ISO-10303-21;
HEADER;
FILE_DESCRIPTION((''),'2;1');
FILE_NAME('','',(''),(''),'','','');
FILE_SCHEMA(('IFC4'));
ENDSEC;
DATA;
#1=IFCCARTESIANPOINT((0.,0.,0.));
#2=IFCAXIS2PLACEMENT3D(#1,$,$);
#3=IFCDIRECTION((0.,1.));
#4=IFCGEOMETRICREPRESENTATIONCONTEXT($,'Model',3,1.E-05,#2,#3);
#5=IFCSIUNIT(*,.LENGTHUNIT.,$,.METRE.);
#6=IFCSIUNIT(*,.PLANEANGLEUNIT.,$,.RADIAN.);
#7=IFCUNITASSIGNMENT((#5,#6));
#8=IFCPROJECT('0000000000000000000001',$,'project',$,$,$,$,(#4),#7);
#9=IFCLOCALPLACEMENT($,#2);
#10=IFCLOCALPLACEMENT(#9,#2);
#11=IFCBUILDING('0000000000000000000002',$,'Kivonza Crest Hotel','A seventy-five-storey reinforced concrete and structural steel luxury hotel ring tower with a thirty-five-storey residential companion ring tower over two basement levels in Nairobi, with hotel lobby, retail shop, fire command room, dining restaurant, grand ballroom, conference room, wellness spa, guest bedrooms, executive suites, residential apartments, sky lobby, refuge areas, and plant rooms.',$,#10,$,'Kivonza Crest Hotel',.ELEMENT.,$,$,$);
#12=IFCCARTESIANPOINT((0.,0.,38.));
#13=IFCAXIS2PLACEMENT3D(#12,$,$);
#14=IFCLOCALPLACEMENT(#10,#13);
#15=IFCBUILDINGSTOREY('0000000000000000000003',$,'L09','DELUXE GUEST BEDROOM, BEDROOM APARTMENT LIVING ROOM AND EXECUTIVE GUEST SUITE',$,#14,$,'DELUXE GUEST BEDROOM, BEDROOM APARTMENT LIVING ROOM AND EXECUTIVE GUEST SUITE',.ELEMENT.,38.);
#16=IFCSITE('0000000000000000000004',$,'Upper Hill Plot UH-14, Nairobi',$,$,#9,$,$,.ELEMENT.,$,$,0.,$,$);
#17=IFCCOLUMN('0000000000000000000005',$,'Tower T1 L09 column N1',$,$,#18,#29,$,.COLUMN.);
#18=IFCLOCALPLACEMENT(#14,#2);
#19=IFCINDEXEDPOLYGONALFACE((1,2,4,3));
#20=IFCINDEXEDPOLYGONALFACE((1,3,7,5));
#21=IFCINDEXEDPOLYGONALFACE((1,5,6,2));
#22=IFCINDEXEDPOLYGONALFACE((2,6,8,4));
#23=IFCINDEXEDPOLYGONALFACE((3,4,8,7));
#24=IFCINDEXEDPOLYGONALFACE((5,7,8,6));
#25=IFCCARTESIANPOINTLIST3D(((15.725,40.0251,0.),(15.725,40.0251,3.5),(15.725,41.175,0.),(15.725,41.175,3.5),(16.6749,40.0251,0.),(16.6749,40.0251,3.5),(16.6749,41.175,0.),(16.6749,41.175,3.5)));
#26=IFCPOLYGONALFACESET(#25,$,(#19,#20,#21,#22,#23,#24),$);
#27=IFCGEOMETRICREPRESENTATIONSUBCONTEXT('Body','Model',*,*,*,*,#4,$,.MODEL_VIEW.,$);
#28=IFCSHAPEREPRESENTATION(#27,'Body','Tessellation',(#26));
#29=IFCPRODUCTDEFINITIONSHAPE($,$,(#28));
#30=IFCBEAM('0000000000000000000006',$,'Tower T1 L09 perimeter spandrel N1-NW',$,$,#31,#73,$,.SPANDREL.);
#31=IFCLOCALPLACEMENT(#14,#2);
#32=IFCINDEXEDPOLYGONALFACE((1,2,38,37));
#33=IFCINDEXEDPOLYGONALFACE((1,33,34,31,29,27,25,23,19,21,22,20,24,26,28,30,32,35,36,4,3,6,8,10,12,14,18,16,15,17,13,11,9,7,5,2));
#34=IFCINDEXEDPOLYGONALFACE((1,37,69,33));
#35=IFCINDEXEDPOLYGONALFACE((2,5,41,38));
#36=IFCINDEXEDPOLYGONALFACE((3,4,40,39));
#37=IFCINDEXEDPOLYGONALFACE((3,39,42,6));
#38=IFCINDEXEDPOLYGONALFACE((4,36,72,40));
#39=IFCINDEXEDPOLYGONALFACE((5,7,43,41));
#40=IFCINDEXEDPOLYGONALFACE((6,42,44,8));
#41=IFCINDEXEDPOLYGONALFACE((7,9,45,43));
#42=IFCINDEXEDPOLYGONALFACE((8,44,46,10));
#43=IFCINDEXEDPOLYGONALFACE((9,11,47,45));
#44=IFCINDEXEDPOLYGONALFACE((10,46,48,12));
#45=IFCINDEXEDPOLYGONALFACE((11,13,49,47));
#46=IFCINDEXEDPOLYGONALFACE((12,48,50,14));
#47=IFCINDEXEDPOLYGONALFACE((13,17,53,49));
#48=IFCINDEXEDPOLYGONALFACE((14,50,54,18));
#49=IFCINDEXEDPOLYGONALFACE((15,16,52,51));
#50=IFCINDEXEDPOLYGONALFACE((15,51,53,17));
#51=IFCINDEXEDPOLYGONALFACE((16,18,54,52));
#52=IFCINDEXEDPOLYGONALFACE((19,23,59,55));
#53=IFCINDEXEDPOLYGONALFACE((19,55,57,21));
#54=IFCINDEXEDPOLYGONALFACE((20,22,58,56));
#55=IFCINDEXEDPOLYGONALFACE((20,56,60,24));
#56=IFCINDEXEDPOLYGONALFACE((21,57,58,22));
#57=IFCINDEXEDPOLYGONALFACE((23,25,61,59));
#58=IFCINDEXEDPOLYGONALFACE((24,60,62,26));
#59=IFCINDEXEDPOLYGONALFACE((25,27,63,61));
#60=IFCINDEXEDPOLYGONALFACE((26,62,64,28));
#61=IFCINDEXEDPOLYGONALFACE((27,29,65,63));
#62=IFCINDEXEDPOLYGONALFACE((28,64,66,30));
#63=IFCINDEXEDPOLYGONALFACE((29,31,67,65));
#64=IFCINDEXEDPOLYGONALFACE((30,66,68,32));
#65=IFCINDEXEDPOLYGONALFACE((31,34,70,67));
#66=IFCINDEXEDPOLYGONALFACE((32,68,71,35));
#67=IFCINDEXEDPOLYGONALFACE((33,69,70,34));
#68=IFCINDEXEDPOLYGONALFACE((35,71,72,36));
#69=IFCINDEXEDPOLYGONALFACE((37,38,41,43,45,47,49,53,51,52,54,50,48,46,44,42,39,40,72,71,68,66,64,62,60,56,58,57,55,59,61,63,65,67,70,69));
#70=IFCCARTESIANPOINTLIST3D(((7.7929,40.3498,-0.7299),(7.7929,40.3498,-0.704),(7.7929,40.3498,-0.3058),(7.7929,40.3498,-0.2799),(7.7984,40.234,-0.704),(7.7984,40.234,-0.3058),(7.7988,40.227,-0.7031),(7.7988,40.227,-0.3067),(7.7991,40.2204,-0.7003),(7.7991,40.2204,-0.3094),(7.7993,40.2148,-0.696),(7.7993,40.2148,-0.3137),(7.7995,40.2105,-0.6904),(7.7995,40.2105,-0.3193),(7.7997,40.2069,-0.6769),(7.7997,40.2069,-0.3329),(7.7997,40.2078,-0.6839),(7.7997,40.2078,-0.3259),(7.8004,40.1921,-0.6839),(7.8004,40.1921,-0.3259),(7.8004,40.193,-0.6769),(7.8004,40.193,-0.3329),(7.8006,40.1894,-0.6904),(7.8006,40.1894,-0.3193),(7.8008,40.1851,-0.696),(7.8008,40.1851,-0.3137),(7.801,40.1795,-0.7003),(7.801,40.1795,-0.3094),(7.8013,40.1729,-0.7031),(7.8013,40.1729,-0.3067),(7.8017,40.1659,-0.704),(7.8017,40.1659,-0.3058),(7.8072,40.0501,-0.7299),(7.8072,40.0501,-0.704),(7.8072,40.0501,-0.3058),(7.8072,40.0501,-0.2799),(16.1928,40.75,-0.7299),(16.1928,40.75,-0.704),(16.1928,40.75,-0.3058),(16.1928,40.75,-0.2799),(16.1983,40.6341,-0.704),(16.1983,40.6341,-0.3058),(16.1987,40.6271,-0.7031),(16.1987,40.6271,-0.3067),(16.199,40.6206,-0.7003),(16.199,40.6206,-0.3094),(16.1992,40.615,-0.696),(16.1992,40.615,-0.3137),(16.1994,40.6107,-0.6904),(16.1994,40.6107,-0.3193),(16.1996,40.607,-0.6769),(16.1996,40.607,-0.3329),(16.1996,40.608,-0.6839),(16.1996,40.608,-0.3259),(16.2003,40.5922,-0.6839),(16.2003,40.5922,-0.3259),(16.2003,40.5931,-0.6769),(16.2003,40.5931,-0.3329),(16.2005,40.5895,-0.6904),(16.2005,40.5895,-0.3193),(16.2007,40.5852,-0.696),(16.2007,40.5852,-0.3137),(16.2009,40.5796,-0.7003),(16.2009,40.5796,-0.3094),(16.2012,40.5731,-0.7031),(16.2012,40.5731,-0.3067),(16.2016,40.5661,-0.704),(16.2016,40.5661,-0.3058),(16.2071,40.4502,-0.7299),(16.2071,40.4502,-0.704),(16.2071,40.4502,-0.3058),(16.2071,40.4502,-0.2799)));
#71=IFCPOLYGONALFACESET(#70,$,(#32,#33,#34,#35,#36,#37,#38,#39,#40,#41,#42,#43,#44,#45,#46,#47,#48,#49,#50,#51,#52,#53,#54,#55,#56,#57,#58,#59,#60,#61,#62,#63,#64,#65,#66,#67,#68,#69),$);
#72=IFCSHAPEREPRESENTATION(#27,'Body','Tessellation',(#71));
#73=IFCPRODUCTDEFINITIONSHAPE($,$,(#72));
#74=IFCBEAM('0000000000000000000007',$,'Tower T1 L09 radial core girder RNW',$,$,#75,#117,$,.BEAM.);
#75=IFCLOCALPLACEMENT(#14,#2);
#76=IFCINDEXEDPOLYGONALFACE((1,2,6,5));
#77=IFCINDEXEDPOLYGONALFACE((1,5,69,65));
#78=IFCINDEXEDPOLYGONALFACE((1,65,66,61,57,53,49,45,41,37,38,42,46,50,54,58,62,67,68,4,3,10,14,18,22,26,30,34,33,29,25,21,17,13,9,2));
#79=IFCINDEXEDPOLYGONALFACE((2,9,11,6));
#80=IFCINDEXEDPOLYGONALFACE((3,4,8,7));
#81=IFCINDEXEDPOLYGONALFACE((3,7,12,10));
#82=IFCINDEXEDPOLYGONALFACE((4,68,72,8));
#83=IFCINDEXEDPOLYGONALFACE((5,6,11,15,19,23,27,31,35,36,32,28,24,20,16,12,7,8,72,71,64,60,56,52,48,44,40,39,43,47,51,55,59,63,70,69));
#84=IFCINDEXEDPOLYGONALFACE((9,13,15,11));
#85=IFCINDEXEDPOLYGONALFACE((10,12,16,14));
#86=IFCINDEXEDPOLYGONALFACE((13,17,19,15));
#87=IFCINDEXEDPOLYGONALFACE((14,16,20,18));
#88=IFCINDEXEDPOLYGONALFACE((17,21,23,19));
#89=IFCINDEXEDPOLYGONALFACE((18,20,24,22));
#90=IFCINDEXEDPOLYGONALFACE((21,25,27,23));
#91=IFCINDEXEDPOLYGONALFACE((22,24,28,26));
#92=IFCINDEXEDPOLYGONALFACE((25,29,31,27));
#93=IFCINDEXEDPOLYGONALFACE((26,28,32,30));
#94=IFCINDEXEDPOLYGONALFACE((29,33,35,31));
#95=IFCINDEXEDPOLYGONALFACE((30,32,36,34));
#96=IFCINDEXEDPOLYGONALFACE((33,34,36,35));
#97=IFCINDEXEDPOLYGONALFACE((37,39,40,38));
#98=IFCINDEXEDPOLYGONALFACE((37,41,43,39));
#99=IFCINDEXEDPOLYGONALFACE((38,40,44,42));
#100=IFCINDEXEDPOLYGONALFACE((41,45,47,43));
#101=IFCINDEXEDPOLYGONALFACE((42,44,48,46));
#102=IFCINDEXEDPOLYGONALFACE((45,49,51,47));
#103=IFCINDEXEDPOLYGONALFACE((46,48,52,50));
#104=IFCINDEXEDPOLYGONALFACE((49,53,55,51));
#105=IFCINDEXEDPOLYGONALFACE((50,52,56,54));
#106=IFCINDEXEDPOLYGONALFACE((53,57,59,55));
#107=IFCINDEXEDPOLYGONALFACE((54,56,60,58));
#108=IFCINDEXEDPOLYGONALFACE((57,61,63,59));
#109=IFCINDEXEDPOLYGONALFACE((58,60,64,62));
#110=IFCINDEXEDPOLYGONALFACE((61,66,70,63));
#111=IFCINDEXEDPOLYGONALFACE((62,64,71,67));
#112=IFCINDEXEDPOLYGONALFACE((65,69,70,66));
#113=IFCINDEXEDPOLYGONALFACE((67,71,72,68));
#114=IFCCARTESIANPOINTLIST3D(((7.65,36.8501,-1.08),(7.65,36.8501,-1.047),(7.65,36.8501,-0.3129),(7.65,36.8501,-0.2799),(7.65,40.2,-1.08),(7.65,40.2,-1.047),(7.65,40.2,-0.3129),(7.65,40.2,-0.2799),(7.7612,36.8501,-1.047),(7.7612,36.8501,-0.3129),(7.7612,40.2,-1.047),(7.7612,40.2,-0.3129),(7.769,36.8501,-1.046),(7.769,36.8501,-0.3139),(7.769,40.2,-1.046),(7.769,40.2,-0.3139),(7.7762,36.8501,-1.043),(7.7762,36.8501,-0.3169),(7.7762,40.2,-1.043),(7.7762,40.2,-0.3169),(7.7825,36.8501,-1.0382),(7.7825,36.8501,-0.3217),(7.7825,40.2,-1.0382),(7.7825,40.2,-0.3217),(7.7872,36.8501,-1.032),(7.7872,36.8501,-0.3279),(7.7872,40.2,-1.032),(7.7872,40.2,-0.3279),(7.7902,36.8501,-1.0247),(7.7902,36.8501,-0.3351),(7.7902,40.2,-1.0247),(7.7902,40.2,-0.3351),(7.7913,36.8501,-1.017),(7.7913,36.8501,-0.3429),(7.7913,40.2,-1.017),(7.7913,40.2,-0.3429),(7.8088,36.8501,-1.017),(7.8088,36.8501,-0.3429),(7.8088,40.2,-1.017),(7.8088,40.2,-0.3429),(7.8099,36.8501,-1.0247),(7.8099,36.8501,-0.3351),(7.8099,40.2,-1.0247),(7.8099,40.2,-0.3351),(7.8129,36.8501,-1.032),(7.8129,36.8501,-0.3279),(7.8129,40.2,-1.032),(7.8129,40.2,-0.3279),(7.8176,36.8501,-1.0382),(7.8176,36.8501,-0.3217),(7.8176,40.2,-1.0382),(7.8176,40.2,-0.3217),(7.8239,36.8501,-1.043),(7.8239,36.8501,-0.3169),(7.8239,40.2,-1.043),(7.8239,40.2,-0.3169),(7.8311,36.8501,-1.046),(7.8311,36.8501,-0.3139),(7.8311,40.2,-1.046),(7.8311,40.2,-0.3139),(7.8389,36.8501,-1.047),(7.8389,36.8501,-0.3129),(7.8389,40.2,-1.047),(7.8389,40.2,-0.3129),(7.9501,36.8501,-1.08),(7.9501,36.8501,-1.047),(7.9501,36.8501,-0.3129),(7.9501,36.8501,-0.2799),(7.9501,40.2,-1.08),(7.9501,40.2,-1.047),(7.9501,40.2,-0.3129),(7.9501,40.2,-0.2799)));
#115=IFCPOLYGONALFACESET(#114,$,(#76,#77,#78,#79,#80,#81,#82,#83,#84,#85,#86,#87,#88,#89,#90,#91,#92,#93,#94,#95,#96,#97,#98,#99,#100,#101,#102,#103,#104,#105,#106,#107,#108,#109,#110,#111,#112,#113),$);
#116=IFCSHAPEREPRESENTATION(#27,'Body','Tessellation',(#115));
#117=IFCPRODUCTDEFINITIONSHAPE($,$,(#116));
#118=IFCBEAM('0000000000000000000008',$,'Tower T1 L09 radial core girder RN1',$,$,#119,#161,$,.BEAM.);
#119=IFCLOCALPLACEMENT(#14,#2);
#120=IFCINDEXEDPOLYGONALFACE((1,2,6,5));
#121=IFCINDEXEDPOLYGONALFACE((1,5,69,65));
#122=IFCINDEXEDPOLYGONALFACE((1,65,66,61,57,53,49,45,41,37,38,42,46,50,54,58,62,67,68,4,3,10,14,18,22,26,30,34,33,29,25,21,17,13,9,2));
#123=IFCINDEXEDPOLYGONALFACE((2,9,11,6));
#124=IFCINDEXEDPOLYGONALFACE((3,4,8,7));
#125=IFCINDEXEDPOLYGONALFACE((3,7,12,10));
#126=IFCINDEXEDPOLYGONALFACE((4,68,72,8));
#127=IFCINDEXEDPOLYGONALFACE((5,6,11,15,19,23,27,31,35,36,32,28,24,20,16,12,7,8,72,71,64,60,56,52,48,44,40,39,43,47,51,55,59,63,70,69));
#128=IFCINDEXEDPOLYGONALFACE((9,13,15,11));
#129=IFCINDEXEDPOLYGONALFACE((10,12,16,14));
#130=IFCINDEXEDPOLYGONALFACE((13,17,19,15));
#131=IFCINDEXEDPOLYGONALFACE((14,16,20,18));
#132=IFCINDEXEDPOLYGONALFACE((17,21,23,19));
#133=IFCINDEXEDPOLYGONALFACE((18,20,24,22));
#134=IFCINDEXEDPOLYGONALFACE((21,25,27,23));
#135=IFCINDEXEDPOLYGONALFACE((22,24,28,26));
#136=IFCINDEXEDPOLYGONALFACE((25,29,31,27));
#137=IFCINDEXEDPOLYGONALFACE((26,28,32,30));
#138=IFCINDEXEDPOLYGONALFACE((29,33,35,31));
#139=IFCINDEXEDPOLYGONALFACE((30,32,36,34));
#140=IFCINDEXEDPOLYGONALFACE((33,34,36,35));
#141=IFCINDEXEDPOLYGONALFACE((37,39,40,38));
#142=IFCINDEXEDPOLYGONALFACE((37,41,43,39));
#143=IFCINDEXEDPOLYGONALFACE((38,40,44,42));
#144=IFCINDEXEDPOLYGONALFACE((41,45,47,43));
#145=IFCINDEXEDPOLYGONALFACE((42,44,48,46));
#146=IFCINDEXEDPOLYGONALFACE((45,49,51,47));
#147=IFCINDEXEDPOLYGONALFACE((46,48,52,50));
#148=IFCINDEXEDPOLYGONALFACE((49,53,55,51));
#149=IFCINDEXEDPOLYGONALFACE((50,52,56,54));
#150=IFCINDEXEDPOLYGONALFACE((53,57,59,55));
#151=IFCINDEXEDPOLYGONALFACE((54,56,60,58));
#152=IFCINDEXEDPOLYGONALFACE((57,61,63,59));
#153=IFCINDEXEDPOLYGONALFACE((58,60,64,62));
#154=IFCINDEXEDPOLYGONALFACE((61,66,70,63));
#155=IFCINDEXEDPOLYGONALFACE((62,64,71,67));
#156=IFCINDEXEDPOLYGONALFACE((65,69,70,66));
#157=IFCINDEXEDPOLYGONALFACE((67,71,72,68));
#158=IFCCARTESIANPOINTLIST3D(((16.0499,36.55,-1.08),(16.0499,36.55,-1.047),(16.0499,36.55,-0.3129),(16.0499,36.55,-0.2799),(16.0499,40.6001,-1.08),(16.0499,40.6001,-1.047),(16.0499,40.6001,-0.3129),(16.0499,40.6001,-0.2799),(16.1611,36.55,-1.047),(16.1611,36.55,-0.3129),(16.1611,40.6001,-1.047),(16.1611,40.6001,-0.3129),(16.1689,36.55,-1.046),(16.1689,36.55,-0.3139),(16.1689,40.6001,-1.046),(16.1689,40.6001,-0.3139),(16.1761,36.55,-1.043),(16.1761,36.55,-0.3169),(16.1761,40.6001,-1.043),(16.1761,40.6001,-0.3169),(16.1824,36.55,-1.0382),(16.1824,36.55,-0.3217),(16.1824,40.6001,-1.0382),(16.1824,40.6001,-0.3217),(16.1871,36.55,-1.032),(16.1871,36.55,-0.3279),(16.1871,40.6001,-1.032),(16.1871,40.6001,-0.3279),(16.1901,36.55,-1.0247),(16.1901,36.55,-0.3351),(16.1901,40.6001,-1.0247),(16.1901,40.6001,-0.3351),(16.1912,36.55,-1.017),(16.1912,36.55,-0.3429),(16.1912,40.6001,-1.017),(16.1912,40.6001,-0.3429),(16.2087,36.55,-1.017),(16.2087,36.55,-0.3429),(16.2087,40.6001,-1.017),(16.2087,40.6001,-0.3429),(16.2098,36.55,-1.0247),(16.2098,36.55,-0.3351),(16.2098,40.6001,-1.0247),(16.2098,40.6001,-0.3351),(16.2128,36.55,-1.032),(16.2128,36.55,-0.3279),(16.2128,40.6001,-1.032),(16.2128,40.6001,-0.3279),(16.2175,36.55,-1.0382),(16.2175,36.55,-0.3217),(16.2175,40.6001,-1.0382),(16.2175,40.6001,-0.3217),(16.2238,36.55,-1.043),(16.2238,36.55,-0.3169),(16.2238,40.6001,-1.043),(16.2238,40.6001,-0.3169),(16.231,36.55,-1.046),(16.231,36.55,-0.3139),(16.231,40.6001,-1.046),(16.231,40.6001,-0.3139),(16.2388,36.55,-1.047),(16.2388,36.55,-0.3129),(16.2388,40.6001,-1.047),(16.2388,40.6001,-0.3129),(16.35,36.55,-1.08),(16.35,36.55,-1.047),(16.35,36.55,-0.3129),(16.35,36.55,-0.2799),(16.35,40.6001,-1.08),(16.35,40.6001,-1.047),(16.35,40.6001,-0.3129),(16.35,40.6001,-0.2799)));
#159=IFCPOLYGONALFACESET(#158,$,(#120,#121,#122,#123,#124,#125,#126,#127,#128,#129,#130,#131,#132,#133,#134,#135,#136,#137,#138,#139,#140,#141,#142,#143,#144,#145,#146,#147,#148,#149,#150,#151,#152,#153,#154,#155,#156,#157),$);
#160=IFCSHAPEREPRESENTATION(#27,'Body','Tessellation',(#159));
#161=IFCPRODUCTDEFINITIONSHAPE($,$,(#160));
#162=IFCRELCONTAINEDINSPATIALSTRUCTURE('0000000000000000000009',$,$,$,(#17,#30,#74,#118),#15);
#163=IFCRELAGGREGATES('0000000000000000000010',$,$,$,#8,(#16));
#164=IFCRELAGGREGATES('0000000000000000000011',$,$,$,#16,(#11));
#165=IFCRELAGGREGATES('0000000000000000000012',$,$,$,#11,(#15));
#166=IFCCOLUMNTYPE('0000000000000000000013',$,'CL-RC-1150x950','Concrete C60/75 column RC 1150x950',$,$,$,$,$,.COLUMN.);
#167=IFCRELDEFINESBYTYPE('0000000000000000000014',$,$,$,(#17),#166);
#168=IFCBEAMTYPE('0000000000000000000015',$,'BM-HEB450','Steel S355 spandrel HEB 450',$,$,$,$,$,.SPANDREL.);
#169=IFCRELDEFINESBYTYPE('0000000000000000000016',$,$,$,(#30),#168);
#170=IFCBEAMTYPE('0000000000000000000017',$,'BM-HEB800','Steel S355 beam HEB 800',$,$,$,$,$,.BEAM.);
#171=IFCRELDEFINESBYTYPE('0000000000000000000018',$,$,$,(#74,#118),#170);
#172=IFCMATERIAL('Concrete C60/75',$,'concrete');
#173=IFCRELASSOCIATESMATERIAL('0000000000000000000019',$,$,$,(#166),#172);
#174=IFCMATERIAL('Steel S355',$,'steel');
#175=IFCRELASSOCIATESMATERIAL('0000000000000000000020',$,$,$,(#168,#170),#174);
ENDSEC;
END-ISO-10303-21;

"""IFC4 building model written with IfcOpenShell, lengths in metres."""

from ifc_helpers import new_model, si_unit, direction, frame, origin, origin_2d, place, context, subcontext, project, spatial, rectangle, i_section, extrude, material, material_profile, profile_set, type_object, element, save


model = new_model("IFC4")

# Units and contexts
model_context = context("Model", 3, precision=1e-05, world=origin(), true_north=direction((0.0, 1.0)))
body_context = subcontext(model_context, "Body", "Model", "MODEL_VIEW")
ifc_project = project(units=[si_unit("LENGTHUNIT", "METRE"), si_unit("PLANEANGLEUNIT", "RADIAN")], contexts=[model_context])

# Site, building, storey
site_placement = place(None, origin())
site = spatial("IfcSite", under=ifc_project, at=site_placement, Name="Upper Hill Plot UH-14, Nairobi", CompositionType="ELEMENT", RefElevation=0.0)
building_placement = place(site_placement, origin())
building = spatial("IfcBuilding", under=site, at=building_placement, Name="Kivonza Crest Hotel", Description="A seventy-five-storey reinforced concrete and structural steel luxury hotel ring tower with a thirty-five-storey residential companion ring tower over two basement levels in Nairobi, with hotel lobby, retail shop, fire command room, dining restaurant, grand ballroom, conference room, wellness spa, guest bedrooms, executive suites, residential apartments, sky lobby, refuge areas, and plant rooms.", LongName="Kivonza Crest Hotel", CompositionType="ELEMENT")
storey_placement = place(building_placement, frame((0.0, 0.0, 38.0)))
storey = spatial("IfcBuildingStorey", under=building, at=storey_placement, Name="L09", Description="DELUXE GUEST BEDROOM, BEDROOM APARTMENT LIVING ROOM AND EXECUTIVE GUEST SUITE", LongName="DELUXE GUEST BEDROOM, BEDROOM APARTMENT LIVING ROOM AND EXECUTIVE GUEST SUITE", CompositionType="ELEMENT", Elevation=38.0)

# Column
ifc_material_1 = material(Name="Concrete C60/75", Category="concrete")
ifc_material_profile_1 = material_profile(ifc_material_1, rectangle(XDim=0.95, YDim=1.1499, at=origin_2d()), Name="RC 1150x950")
ifc_profile_set_1 = profile_set([ifc_material_profile_1], Name="Concrete C60/75")
column_type = type_object("IfcColumnType", Name="CL-RC-1150x950", Description="Concrete C60/75 column RC 1150x950", PredefinedType="COLUMN", material=ifc_profile_set_1)
column_placement = place(storey_placement, frame((16.2, 40.6001, 0.0), z_axis=(0.0, 0.0, 1.0), x_axis=(1.0, 0.0, 0.0)))
element("IfcColumn", 1, at=column_placement, inside=storey, type_object=column_type, Name="Tower T1 L09 column N1", PredefinedType="COLUMN", context=body_context, shape_type="SweptSolid", body=[
    extrude(rectangle(XDim=0.95, YDim=1.1499, at=origin_2d()), origin(), (0.0, 0.0, 1.0), 3.5),
])

# Beams
ifc_material_2 = material(Name="Steel S355", Category="steel")
ifc_material_profile_2 = material_profile(ifc_material_2, i_section(OverallWidth=0.3, OverallDepth=0.45, WebThickness=0.0139, FlangeThickness=0.0259, FilletRadius=0.0271, at=origin_2d()), Name="HEB 450")
ifc_profile_set_2 = profile_set([ifc_material_profile_2], Name="Steel S355")
beam_type_1 = type_object("IfcBeamType", Name="BM-HEB450", Description="Steel S355 spandrel HEB 450", PredefinedType="SPANDREL", material=ifc_profile_set_2)
beam_1_placement = place(storey_placement, frame((16.2, 40.6001, -0.5049), z_axis=(-0.998867, -0.047583, 0.0), x_axis=(0.047583, -0.998867, 0.0)))
element("IfcBeam", 2, at=beam_1_placement, inside=storey, type_object=beam_type_1, Name="Tower T1 L09 perimeter spandrel N1-NW", PredefinedType="SPANDREL", context=body_context, shape_type="SweptSolid", body=[
    extrude(i_section(OverallWidth=0.3, OverallDepth=0.45, WebThickness=0.0139, FlangeThickness=0.0259, FilletRadius=0.0271, at=origin_2d()), origin(), (0.0, 0.0, 1.0), 8.4094),
])
ifc_material_profile_3 = material_profile(ifc_material_2, i_section(OverallWidth=0.3, OverallDepth=0.8, WebThickness=0.0176, FlangeThickness=0.033, FilletRadius=0.03, at=origin_2d()), Name="HEB 800")
ifc_profile_set_3 = profile_set([ifc_material_profile_3], Name="Steel S355")
beam_type_2 = type_object("IfcBeamType", Name="BM-HEB800", Description="Steel S355 beam HEB 800", PredefinedType="BEAM", material=ifc_profile_set_3)
beam_2_placement = place(storey_placement, frame((7.8, 40.2, -0.6799), z_axis=(0.0, -1.0, 0.0), x_axis=(1.0, 0.0, 0.0)))
element("IfcBeam", 3, at=beam_2_placement, inside=storey, type_object=beam_type_2, Name="Tower T1 L09 radial core girder RNW", PredefinedType="BEAM", context=body_context, shape_type="SweptSolid", body=[
    extrude(i_section(OverallWidth=0.3, OverallDepth=0.8, WebThickness=0.0176, FlangeThickness=0.033, FilletRadius=0.03, at=origin_2d()), origin(), (0.0, 0.0, 1.0), 3.3499),
])
beam_3_placement = place(storey_placement, frame((16.2, 40.6001, -0.6799), z_axis=(0.0, -1.0, 0.0), x_axis=(1.0, 0.0, 0.0)))
element("IfcBeam", 4, at=beam_3_placement, inside=storey, type_object=beam_type_2, Name="Tower T1 L09 radial core girder RN1", PredefinedType="BEAM", context=body_context, shape_type="SweptSolid", body=[
    extrude(i_section(OverallWidth=0.3, OverallDepth=0.8, WebThickness=0.0176, FlangeThickness=0.033, FilletRadius=0.03, at=origin_2d()), origin(), (0.0, 0.0, 1.0), 4.05),
])

save(model, "model.ifc")
